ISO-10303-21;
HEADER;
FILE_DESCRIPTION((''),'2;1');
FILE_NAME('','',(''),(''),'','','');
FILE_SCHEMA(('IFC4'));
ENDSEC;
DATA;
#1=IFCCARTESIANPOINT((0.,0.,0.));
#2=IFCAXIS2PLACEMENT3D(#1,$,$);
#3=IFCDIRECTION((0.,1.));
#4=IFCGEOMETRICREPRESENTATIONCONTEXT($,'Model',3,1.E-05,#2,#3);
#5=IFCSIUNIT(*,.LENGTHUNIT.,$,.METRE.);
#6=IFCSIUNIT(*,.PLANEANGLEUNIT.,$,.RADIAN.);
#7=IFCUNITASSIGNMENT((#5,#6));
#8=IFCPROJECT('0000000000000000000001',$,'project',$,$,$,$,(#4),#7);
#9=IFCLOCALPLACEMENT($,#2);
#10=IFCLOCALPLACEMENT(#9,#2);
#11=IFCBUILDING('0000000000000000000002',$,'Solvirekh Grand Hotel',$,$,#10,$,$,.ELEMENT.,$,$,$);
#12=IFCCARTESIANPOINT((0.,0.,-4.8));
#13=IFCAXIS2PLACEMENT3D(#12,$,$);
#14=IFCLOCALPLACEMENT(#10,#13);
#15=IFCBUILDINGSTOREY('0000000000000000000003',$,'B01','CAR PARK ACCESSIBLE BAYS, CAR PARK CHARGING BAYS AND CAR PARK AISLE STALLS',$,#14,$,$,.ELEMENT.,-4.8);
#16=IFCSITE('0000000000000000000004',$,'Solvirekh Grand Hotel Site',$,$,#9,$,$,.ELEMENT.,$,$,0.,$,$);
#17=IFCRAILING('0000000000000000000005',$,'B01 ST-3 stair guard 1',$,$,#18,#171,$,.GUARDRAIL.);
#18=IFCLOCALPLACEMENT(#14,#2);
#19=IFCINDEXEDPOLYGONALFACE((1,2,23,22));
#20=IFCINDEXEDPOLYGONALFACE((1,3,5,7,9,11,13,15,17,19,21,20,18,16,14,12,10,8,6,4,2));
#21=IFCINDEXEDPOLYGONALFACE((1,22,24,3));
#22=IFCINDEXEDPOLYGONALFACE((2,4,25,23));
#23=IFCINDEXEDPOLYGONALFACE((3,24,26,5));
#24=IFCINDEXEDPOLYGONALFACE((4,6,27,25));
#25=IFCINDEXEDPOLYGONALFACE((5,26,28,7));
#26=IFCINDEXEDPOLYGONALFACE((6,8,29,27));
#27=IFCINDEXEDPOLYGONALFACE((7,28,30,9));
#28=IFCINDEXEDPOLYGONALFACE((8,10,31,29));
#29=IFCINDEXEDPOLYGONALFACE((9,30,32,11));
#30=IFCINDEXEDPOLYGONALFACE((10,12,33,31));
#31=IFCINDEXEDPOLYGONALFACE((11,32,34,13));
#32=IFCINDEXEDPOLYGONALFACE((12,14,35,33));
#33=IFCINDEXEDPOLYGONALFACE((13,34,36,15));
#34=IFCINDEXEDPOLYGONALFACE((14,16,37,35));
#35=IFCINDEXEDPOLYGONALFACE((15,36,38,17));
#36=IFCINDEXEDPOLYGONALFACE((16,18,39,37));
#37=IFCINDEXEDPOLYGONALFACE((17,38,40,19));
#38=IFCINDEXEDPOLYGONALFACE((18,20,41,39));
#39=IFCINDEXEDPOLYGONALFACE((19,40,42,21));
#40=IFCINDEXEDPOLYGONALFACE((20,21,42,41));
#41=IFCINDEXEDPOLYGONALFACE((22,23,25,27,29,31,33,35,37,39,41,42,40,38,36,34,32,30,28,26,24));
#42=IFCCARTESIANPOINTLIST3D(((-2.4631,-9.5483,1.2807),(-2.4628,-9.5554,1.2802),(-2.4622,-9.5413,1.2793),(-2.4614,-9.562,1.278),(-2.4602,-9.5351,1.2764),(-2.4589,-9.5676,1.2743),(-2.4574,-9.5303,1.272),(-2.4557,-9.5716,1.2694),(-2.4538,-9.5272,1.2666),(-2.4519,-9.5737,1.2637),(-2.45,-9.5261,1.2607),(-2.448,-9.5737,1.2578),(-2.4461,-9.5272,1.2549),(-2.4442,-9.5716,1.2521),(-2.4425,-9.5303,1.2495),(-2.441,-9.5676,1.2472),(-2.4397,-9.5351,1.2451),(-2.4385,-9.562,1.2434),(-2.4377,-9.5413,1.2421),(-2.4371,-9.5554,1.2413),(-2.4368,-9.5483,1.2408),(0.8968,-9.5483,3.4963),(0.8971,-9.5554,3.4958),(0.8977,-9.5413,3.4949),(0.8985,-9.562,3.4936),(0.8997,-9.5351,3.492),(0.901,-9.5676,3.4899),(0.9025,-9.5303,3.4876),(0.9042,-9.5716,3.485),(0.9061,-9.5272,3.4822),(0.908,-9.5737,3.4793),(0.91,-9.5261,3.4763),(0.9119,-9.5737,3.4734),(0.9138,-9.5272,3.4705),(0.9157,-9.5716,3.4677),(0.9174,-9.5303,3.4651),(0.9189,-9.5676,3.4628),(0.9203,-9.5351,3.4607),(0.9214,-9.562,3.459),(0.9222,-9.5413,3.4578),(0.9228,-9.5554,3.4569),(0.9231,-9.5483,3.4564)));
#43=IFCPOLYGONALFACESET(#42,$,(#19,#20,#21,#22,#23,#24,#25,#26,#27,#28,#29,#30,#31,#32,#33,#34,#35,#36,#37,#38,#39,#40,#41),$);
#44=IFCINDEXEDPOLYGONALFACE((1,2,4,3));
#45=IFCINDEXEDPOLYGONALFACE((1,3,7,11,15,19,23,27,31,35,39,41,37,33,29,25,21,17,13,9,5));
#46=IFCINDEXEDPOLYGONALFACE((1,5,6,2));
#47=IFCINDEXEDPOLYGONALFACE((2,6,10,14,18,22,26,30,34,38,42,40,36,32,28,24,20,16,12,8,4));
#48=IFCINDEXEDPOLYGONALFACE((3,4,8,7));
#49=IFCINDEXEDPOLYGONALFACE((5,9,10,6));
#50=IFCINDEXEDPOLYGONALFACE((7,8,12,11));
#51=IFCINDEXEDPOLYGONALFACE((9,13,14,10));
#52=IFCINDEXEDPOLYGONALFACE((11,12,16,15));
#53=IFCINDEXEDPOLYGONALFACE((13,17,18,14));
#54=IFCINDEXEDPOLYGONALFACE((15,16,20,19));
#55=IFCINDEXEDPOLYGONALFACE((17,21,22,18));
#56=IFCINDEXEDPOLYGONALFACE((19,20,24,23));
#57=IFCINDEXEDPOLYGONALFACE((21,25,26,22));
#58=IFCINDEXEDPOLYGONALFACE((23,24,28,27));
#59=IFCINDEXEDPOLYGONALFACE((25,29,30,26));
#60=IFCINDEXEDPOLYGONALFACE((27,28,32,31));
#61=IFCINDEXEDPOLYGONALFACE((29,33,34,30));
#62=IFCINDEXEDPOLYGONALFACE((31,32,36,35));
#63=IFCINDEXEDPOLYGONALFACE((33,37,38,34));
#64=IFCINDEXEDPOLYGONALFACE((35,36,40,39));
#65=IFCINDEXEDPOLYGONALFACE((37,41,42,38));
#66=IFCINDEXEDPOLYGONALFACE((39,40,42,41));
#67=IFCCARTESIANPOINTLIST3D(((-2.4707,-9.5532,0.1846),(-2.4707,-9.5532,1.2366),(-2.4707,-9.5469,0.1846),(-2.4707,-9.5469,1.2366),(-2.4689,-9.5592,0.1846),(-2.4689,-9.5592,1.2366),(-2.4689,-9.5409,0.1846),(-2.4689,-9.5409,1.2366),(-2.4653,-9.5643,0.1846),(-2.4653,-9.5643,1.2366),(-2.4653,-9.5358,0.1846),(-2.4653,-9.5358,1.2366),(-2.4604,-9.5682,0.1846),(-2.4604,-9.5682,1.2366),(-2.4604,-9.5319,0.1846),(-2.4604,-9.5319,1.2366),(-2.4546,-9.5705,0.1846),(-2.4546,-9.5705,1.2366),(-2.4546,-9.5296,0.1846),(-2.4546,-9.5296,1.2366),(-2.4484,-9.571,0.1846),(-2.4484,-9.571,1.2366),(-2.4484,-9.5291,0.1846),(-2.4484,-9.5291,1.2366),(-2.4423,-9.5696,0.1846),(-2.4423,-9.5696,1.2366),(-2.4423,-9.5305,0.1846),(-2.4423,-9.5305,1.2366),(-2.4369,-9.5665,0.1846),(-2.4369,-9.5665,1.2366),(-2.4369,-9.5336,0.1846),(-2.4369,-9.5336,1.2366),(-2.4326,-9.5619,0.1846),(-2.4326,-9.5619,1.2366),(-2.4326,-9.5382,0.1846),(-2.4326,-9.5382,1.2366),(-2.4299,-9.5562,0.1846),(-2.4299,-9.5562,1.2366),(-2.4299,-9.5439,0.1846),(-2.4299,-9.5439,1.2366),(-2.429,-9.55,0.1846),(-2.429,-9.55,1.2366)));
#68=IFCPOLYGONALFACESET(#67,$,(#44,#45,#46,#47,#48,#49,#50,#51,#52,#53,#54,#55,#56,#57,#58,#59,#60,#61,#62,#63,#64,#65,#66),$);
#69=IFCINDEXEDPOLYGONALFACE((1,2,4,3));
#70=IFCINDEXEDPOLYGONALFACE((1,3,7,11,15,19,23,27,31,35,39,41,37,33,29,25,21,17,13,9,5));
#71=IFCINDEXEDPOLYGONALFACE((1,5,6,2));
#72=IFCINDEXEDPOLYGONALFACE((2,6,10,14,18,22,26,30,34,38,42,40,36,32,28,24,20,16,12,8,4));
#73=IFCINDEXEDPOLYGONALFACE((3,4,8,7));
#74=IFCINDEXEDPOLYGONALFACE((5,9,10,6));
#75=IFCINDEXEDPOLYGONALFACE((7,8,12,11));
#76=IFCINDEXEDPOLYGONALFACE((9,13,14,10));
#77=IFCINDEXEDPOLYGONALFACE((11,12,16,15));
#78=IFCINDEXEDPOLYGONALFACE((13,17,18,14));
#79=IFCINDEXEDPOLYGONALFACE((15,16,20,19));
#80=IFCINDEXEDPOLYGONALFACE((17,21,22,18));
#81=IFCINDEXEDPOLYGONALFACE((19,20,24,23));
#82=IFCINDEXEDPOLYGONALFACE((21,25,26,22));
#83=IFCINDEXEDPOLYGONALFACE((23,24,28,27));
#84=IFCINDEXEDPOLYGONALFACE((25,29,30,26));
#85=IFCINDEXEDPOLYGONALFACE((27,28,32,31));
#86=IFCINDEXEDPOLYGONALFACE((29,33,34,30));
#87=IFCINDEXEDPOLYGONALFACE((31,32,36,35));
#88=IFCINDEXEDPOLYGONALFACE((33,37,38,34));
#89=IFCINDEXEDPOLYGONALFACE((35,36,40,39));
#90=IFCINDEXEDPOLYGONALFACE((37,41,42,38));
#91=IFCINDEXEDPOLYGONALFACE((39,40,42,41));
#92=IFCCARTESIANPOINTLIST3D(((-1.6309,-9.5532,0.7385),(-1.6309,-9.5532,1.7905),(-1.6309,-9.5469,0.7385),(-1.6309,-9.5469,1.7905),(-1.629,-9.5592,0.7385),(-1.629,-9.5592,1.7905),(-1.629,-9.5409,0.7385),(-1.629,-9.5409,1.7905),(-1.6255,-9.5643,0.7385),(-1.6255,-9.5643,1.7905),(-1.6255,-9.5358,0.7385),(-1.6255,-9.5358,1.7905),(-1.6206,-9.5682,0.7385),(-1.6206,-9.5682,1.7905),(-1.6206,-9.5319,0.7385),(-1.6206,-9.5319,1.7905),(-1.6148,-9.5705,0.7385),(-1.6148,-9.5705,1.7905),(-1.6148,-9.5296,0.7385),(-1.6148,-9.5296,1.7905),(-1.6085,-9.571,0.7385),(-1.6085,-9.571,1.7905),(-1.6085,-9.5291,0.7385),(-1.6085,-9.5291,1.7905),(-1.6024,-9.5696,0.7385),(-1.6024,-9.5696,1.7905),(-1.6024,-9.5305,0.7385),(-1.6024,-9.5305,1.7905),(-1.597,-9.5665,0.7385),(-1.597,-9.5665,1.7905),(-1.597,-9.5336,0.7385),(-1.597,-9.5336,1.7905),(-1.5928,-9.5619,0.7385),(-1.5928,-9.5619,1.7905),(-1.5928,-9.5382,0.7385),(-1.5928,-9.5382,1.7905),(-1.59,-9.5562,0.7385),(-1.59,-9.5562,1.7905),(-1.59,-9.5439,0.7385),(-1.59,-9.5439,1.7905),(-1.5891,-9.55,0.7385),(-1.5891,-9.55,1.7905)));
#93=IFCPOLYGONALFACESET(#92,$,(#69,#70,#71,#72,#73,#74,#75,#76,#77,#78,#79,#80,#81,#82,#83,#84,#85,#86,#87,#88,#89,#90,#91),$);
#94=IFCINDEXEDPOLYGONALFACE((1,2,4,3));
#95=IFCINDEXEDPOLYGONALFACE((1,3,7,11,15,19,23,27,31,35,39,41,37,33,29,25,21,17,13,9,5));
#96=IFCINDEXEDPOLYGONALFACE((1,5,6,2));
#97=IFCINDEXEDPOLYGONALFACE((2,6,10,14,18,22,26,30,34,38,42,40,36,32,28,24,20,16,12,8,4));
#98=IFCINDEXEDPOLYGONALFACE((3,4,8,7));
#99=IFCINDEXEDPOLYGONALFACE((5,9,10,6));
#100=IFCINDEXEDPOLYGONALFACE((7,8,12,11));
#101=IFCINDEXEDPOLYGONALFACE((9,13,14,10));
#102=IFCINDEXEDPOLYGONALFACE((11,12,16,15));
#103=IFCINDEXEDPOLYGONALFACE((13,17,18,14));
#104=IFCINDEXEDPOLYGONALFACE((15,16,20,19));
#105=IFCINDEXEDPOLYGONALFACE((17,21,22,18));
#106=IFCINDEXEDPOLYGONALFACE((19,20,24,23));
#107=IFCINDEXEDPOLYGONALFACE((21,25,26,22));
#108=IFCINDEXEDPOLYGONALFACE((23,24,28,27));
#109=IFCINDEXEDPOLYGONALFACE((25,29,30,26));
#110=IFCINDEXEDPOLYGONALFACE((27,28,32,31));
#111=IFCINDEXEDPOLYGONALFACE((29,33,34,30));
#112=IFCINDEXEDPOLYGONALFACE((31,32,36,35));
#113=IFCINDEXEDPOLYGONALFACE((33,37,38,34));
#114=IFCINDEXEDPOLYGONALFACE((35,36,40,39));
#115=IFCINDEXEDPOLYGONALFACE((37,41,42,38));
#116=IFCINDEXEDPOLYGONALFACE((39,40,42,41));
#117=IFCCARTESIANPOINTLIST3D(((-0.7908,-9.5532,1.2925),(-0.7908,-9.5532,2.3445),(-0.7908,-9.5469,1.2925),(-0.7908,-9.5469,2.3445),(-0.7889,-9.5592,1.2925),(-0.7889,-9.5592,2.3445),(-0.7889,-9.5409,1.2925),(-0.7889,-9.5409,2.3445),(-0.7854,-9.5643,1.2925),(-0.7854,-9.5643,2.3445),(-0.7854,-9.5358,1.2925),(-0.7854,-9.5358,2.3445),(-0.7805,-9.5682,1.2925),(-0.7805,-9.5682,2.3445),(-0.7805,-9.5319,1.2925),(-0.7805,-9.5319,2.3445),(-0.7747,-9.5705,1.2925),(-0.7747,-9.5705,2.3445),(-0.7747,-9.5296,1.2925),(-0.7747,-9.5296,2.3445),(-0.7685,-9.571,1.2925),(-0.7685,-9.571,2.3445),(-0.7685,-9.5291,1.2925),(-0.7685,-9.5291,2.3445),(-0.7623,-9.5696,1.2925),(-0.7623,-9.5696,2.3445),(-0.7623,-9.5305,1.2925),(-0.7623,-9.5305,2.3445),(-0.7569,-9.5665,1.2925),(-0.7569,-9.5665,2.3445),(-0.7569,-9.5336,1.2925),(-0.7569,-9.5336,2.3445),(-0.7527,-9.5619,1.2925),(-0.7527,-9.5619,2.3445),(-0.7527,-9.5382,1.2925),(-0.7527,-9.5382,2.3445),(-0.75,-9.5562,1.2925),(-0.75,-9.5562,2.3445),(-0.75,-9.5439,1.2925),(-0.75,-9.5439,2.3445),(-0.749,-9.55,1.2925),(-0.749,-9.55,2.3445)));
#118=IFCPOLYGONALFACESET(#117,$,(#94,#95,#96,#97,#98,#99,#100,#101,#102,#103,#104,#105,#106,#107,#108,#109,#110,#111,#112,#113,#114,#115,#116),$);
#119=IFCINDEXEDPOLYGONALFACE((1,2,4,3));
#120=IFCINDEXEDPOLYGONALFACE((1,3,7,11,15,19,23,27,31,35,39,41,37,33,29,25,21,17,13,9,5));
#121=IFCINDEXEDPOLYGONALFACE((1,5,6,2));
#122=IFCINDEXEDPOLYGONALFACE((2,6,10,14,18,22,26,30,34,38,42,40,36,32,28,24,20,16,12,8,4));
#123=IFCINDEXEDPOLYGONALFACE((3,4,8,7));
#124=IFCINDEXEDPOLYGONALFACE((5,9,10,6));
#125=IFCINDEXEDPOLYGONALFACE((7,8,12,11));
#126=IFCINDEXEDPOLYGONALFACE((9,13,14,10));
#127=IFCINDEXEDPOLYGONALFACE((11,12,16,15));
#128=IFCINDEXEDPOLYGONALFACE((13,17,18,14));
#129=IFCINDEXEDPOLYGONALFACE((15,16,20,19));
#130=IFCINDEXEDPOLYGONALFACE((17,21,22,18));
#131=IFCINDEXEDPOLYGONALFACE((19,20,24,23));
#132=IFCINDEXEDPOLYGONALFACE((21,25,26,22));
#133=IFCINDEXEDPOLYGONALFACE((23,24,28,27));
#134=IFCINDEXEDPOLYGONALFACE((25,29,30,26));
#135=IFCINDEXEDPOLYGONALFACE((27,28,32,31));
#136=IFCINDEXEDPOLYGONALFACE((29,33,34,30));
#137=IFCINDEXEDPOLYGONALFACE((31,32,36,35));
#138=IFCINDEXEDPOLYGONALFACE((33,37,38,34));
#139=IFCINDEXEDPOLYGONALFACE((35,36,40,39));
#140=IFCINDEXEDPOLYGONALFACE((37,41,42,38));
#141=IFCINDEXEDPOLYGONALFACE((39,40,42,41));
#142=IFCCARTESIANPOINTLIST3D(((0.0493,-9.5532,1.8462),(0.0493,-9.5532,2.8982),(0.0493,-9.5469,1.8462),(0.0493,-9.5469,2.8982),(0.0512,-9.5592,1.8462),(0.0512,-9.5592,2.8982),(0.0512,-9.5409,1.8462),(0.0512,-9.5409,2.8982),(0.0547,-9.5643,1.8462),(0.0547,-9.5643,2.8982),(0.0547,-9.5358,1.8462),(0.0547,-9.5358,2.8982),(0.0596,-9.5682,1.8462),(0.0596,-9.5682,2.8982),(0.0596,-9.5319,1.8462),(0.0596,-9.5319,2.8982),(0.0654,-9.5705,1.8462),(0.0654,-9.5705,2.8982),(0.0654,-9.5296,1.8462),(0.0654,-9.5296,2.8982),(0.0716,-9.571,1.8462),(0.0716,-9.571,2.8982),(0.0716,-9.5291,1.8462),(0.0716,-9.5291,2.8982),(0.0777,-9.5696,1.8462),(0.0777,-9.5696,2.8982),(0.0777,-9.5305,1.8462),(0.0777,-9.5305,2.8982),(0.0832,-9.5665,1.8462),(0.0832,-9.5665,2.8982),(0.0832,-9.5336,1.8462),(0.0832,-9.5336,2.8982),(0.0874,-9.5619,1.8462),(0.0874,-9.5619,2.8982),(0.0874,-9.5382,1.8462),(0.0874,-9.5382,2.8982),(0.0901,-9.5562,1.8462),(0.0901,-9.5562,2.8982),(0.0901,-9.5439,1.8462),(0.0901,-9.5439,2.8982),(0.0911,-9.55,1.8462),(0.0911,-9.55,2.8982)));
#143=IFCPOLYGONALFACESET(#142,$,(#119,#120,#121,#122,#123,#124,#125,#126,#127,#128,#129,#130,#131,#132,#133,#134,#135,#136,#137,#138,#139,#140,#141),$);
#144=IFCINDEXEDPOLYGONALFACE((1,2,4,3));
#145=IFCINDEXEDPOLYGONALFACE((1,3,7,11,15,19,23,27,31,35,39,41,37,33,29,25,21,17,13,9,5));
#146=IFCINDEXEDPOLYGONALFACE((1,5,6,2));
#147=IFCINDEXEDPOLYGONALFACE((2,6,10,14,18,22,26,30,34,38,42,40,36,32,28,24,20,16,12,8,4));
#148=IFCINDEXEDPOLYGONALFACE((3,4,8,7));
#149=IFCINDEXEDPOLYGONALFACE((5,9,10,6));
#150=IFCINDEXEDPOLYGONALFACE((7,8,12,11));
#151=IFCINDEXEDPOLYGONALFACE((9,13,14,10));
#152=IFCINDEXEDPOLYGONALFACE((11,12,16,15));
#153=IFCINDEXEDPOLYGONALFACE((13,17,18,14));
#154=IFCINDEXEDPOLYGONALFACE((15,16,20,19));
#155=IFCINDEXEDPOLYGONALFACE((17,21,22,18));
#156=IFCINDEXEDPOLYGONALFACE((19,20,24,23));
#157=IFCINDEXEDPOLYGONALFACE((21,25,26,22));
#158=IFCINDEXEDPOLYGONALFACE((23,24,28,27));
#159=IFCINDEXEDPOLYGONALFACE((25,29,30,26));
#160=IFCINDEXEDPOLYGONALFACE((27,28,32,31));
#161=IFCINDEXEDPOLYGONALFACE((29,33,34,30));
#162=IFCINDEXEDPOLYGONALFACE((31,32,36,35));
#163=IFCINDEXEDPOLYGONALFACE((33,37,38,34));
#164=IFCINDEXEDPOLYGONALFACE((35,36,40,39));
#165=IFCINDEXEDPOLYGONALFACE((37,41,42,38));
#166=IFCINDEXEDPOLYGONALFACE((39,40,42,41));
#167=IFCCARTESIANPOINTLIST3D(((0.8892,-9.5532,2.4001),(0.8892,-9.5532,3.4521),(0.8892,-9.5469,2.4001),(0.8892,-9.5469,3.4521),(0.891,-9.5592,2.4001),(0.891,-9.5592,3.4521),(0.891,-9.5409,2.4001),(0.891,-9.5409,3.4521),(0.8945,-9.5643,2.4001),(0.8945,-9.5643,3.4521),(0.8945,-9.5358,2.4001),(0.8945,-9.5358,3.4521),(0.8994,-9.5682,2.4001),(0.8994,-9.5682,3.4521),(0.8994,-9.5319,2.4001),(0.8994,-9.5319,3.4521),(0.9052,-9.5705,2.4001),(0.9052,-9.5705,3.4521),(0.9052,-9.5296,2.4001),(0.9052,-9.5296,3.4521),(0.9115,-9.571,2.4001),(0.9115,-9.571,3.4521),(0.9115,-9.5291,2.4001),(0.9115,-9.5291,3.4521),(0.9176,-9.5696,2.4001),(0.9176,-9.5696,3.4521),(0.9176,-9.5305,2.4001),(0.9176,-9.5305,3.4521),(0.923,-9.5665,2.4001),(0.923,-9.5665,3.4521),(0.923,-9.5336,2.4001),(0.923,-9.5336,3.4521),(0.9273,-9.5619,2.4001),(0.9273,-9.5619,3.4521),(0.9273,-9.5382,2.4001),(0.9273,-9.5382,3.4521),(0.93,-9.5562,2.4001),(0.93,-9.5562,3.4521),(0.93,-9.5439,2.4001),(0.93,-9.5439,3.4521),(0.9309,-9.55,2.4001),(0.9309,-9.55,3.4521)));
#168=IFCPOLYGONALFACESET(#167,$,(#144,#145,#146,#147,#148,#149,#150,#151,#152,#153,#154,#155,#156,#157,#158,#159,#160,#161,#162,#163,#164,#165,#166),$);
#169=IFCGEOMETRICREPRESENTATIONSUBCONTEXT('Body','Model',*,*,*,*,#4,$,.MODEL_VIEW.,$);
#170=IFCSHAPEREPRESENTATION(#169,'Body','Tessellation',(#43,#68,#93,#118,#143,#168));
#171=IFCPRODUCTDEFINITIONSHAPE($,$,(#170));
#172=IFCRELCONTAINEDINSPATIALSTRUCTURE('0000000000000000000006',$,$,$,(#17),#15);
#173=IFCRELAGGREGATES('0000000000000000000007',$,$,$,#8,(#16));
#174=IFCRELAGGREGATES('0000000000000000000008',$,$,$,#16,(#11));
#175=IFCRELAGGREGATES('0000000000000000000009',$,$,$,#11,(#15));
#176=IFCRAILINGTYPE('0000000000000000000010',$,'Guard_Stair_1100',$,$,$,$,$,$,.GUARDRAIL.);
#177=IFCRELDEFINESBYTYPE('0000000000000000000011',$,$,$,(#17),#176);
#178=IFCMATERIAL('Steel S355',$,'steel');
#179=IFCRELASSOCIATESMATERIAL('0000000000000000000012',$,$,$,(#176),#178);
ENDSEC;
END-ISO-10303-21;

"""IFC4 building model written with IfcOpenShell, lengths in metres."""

from ifc_helpers import new_model, si_unit, direction, frame, origin, origin_2d, place, context, subcontext, project, spatial, circle, extrude, material, type_object, element, save


model = new_model("IFC4")

# Units and contexts
model_context = context("Model", 3, precision=1e-05, world=origin(), true_north=direction((0.0, 1.0)))
body_context = subcontext(model_context, "Body", "Model", "MODEL_VIEW")
ifc_project = project(units=[si_unit("LENGTHUNIT", "METRE"), si_unit("PLANEANGLEUNIT", "RADIAN")], contexts=[model_context])

# Site, building, storey
site_placement = place(None, origin())
site = spatial("IfcSite", under=ifc_project, at=site_placement, Name="Solvirekh Grand Hotel Site", CompositionType="ELEMENT", RefElevation=0.0)
building_placement = place(site_placement, origin())
building = spatial("IfcBuilding", under=site, at=building_placement, Name="Solvirekh Grand Hotel", CompositionType="ELEMENT")
storey_placement = place(building_placement, frame((0.0, 0.0, -4.8)))
storey = spatial("IfcBuildingStorey", under=building, at=storey_placement, Name="B01", Description="CAR PARK ACCESSIBLE BAYS, CAR PARK CHARGING BAYS AND CAR PARK AISLE STALLS", CompositionType="ELEMENT", Elevation=-4.8)

# Shared definitions
ifc_material_1 = material(Name="Steel S355", Category="steel")

# Railing
railing_type_1 = type_object("IfcRailingType", Name="Guard_Stair_1100", PredefinedType="GUARDRAIL", material=ifc_material_1)
railing_1_placement = place(storey_placement, frame((-2.45, -9.55, 0.1846)))
element("IfcRailing", 1, at=railing_1_placement, inside=storey, type_object=railing_type_1, Name="B01 ST-3 stair guard 1", PredefinedType="GUARDRAIL", context=body_context, shape_type="SweptSolid", body=[
    extrude(circle(Radius=0.0239, at=origin_2d()), frame((0.0, 0.0, 1.0762), z_axis=(0.83483, 0.0, 0.550508), x_axis=(0.0, 1.0, 0.0)), (0.0, 0.0, 1.0), 4.0247),
    extrude(circle(Radius=0.021, at=origin_2d()), origin(), (0.0, 0.0, 1.0), 1.052),
    extrude(circle(Radius=0.021, at=origin_2d()), frame((0.8398, 0.0, 0.554)), (0.0, 0.0, 1.0), 1.052),
    extrude(circle(Radius=0.021, at=origin_2d()), frame((1.6799, 0.0, 1.1079)), (0.0, 0.0, 1.0), 1.052),
    extrude(circle(Radius=0.021, at=origin_2d()), frame((2.52, 0.0, 1.6616)), (0.0, 0.0, 1.0), 1.052),
    extrude(circle(Radius=0.021, at=origin_2d()), frame((3.3599, 0.0, 2.2156)), (0.0, 0.0, 1.0), 1.052),
])

save(model, "model.ifc")
